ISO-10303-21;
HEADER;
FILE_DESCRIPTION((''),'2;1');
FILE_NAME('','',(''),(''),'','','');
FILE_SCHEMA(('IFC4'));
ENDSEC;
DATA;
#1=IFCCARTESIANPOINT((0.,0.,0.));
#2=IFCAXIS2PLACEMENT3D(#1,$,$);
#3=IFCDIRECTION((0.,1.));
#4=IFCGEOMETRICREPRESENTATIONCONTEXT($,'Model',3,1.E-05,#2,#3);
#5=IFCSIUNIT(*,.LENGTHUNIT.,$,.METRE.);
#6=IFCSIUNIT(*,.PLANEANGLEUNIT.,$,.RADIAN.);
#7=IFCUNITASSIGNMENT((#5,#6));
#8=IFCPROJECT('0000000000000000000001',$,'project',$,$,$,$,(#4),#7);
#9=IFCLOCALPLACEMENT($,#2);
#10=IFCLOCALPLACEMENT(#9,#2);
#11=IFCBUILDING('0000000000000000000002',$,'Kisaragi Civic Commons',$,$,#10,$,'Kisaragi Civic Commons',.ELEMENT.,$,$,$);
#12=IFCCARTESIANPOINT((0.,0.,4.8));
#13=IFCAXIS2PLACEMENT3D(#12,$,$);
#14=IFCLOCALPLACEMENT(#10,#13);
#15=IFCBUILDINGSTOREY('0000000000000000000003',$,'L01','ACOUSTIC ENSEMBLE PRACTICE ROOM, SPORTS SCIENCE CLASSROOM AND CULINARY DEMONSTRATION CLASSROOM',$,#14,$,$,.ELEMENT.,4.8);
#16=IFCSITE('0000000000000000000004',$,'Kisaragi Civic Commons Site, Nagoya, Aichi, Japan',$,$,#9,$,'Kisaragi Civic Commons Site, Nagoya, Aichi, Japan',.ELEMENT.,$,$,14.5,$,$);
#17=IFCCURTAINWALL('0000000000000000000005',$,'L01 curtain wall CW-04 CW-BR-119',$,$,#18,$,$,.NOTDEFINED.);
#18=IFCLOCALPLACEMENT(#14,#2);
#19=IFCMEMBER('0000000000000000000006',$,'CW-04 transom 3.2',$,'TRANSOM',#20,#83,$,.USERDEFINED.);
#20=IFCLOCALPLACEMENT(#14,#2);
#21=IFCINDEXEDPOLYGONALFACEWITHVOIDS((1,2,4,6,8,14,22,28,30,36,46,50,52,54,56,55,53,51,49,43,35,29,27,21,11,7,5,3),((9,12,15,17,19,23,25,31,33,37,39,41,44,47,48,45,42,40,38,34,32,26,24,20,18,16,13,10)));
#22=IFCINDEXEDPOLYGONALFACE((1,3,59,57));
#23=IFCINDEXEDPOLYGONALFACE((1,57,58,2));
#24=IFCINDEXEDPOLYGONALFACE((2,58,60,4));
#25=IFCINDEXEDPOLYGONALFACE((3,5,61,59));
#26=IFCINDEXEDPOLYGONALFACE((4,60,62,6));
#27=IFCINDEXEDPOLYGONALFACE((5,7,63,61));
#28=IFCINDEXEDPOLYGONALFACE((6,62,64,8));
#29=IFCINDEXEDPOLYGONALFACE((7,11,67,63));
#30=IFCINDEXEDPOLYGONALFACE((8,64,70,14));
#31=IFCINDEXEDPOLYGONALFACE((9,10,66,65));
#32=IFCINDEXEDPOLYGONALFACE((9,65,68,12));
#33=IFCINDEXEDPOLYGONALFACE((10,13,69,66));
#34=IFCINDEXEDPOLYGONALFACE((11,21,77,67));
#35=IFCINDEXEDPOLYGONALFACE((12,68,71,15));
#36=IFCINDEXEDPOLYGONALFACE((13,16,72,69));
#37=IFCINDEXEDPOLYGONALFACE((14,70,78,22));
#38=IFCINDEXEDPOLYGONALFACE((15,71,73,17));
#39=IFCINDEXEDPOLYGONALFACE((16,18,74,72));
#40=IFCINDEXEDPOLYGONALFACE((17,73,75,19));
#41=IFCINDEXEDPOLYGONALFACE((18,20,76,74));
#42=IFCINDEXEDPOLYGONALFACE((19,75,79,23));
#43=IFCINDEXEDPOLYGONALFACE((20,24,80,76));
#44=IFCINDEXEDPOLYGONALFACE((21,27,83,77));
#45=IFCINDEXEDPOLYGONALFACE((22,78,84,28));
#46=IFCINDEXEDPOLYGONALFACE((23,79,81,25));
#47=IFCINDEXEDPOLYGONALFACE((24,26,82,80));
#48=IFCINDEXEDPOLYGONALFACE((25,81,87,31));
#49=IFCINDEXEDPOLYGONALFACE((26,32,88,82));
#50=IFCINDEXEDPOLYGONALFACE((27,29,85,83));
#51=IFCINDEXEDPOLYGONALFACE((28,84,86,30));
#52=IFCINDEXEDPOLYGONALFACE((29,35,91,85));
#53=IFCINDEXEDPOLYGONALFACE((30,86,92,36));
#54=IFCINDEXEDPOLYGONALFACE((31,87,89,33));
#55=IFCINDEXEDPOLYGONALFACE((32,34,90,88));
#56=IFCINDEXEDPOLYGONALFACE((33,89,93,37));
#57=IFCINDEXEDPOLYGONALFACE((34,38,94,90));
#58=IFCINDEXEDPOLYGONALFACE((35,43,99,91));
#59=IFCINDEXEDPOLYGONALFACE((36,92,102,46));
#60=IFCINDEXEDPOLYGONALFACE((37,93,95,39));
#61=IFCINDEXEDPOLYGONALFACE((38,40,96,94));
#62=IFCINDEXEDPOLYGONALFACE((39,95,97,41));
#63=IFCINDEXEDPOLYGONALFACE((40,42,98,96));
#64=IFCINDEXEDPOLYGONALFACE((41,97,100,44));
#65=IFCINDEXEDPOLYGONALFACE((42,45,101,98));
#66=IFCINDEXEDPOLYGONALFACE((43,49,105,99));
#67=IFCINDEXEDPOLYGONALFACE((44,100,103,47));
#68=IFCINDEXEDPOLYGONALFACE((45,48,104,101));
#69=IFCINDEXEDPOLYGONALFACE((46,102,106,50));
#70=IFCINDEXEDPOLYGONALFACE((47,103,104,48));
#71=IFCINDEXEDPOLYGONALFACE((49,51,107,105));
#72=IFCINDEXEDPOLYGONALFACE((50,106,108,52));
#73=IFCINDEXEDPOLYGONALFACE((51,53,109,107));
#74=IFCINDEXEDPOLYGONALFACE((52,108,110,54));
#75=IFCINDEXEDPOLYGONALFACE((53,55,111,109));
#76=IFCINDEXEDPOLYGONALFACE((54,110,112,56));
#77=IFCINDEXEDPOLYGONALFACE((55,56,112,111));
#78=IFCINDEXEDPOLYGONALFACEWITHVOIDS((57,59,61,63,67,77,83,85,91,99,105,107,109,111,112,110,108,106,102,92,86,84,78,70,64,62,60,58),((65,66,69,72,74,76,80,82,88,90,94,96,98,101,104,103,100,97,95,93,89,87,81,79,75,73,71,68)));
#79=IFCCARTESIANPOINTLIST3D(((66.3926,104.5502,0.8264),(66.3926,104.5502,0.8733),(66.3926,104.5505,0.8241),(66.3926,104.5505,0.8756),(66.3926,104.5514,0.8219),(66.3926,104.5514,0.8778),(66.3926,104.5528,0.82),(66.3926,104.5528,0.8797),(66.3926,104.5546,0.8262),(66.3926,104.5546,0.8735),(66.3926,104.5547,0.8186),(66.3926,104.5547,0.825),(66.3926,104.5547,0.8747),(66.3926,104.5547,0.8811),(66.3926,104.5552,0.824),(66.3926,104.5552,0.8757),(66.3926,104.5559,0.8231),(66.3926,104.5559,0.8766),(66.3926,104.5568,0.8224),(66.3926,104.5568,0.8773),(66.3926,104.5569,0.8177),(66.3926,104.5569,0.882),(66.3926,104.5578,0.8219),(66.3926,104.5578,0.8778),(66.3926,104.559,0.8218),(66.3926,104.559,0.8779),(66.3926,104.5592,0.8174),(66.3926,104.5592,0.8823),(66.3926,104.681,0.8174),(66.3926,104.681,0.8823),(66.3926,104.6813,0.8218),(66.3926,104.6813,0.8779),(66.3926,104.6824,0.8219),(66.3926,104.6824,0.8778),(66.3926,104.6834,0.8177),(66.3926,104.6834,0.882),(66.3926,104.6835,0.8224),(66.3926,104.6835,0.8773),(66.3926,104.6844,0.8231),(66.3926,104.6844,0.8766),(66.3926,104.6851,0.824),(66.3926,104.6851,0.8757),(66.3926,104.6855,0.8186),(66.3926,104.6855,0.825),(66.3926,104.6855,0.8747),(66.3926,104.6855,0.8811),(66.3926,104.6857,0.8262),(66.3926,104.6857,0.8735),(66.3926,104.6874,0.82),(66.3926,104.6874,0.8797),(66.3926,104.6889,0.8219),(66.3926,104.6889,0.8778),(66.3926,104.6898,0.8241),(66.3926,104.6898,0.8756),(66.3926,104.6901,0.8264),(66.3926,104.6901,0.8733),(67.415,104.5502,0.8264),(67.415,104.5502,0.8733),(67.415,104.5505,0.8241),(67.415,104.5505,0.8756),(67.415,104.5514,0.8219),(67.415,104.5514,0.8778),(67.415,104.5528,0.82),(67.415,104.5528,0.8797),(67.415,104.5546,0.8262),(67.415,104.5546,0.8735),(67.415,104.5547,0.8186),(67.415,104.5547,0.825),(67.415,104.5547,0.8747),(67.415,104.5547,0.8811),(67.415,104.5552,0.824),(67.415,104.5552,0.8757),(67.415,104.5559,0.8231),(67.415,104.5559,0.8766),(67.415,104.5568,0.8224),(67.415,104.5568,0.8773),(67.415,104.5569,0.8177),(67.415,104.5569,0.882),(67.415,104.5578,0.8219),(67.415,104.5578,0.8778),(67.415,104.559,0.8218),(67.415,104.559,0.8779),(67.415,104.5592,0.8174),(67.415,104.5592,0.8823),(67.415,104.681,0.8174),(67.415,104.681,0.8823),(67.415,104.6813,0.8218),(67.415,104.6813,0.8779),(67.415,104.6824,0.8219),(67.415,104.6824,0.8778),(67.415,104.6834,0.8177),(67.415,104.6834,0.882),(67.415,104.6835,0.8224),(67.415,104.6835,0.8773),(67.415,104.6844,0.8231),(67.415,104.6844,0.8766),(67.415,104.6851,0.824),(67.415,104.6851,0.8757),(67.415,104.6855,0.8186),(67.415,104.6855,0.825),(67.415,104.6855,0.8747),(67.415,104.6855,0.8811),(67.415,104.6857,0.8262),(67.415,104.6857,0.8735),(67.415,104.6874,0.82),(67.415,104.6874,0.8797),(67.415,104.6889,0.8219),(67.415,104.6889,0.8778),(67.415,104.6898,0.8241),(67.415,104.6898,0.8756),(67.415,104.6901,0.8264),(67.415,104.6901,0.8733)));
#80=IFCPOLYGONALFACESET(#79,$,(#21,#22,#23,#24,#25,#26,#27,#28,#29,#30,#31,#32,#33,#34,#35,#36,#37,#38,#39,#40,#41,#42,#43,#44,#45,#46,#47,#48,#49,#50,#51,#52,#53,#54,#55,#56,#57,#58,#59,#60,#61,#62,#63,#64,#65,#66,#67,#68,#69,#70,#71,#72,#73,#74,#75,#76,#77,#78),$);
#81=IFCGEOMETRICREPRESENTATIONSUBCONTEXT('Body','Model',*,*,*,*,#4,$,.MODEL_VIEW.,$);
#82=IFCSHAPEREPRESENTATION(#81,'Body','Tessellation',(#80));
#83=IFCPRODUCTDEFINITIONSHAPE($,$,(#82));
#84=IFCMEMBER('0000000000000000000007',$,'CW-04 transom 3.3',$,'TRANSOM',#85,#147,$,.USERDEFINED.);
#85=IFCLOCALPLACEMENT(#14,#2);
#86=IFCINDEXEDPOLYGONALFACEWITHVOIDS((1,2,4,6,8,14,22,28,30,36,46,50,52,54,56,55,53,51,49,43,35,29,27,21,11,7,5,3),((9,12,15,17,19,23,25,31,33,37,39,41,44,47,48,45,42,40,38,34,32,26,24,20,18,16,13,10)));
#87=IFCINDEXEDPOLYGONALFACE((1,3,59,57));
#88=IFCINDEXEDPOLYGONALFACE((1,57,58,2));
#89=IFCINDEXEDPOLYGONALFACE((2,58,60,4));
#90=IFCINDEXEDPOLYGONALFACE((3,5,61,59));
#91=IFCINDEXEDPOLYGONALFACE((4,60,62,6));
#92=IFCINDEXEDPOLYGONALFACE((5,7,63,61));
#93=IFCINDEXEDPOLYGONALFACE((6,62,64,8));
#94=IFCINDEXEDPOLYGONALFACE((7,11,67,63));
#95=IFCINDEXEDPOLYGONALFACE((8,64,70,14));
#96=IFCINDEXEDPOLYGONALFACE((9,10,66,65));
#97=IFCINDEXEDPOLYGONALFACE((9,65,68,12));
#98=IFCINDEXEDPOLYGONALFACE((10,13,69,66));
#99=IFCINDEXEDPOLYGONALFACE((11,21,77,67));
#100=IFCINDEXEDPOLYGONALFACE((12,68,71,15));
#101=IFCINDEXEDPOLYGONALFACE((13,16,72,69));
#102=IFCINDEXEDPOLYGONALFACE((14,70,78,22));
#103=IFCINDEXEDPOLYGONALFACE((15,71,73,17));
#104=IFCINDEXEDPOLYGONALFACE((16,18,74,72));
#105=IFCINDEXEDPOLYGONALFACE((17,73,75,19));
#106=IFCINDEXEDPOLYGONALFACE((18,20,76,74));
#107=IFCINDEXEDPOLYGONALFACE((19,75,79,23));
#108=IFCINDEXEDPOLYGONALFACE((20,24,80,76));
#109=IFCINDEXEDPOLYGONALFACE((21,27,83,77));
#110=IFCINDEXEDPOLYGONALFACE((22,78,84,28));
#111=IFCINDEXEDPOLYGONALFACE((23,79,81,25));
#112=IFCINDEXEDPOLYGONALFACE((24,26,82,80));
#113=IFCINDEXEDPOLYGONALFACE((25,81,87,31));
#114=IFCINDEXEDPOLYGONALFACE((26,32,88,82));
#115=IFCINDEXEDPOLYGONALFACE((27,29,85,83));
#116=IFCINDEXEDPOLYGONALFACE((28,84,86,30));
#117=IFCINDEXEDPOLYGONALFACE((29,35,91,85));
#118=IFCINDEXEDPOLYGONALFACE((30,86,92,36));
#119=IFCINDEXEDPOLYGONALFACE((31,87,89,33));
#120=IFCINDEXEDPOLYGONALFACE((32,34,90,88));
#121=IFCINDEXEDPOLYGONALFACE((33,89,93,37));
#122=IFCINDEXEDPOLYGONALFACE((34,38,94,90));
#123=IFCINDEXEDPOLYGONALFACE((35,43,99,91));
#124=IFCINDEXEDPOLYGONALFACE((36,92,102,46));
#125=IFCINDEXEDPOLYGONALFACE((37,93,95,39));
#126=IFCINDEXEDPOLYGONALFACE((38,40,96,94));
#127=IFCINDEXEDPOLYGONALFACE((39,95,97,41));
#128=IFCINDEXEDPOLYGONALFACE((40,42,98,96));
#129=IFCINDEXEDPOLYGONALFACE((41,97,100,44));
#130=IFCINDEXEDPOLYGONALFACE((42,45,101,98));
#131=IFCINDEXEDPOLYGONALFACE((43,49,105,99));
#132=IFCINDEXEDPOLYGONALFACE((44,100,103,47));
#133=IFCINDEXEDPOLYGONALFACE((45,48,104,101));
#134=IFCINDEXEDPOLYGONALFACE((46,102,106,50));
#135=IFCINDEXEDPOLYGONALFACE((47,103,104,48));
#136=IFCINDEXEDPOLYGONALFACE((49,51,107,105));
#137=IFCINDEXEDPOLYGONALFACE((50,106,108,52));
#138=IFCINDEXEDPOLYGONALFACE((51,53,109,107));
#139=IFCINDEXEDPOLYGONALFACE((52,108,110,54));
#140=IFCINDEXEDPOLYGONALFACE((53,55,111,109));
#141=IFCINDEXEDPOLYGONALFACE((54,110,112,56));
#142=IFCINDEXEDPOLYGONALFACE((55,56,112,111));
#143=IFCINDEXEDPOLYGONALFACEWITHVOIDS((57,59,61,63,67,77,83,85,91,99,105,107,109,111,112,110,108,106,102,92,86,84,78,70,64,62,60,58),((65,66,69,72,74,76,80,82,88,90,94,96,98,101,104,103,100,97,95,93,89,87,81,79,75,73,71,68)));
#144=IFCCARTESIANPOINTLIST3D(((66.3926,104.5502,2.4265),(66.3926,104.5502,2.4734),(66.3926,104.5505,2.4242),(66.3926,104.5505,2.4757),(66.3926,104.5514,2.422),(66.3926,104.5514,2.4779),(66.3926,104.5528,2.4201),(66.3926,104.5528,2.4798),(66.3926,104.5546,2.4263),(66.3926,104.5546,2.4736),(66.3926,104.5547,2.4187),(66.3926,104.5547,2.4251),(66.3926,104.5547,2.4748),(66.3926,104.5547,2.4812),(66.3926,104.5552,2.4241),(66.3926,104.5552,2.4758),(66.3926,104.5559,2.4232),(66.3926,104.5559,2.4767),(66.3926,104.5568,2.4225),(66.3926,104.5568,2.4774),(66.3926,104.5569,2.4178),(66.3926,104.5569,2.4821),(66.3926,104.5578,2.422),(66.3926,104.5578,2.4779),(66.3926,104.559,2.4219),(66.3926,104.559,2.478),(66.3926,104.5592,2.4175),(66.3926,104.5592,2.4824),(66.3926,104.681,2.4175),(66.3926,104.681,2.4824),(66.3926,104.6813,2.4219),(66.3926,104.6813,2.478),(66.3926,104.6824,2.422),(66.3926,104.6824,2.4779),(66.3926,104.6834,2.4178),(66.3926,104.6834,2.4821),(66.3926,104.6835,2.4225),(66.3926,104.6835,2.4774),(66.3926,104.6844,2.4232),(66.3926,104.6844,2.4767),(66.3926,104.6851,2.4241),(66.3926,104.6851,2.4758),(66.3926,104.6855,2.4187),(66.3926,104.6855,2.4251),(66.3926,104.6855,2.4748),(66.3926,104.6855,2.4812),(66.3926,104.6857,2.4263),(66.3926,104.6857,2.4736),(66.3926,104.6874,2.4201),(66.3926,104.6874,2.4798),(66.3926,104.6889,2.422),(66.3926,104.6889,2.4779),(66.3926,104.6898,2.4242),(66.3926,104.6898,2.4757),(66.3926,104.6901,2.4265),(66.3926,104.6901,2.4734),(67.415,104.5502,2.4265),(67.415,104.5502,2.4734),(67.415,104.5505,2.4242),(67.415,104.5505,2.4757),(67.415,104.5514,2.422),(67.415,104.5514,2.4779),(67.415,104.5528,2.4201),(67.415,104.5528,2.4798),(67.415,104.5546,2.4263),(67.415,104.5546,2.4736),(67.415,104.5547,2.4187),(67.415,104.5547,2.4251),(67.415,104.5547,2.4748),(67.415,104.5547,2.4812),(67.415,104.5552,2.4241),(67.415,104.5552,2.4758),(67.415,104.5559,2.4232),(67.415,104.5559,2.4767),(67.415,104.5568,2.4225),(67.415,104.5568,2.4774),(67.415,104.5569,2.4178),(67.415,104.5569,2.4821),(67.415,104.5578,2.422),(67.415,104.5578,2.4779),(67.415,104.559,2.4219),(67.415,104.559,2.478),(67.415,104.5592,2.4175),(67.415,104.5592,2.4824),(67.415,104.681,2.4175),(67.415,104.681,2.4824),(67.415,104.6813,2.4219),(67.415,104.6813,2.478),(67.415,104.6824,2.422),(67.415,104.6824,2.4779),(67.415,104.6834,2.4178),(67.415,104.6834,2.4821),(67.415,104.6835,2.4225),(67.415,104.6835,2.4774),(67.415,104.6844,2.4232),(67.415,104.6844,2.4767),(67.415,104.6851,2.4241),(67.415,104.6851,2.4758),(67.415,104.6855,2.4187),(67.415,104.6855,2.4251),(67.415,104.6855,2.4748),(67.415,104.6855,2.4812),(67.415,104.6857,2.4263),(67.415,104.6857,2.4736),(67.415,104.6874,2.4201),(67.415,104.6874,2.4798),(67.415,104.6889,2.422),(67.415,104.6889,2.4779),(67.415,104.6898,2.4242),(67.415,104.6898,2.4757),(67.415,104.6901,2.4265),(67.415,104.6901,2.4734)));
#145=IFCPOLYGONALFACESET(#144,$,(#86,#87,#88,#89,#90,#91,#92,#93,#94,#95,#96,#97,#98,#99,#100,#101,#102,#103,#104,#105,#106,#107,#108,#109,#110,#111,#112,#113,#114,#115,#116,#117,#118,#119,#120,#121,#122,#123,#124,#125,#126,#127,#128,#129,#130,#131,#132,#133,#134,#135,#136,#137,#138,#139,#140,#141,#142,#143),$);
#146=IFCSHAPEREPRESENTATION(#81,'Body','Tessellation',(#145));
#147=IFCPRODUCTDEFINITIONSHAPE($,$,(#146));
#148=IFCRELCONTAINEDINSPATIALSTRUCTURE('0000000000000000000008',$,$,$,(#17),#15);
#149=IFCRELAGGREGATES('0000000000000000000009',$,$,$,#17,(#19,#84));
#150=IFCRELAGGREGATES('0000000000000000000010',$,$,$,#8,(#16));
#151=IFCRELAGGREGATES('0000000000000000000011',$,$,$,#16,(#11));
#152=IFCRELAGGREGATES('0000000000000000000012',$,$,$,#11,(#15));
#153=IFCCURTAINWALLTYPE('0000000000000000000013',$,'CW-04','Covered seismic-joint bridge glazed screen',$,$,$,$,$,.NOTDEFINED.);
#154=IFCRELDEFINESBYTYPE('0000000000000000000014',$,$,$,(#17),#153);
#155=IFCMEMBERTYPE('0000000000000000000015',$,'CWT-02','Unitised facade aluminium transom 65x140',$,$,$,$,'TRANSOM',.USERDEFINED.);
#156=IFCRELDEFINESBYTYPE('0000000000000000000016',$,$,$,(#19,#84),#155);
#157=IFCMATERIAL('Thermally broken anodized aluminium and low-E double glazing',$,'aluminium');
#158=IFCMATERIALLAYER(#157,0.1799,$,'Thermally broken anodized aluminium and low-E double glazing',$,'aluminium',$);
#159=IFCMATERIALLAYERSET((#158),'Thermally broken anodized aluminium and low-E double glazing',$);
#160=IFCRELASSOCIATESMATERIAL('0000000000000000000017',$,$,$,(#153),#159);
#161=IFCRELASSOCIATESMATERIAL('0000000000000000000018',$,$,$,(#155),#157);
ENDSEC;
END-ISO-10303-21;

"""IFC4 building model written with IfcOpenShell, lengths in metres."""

from ifc_helpers import new_model, si_unit, direction, frame, origin, origin_2d, place, context, subcontext, project, spatial, hollow_rectangle, extrude, material, layer, layer_set, material_profile, profile_set, type_object, element, aggregate, save


model = new_model("IFC4")

# Units and contexts
model_context = context("Model", 3, precision=1e-05, world=origin(), true_north=direction((0.0, 1.0)))
body_context = subcontext(model_context, "Body", "Model", "MODEL_VIEW")
ifc_project = project(units=[si_unit("LENGTHUNIT", "METRE"), si_unit("PLANEANGLEUNIT", "RADIAN")], contexts=[model_context])

# Site, building, storey
site_placement = place(None, origin())
site = spatial("IfcSite", under=ifc_project, at=site_placement, Name="Kisaragi Civic Commons Site, Nagoya, Aichi, Japan", LongName="Kisaragi Civic Commons Site, Nagoya, Aichi, Japan", CompositionType="ELEMENT", RefElevation=14.5)
building_placement = place(site_placement, origin())
building = spatial("IfcBuilding", under=site, at=building_placement, Name="Kisaragi Civic Commons", LongName="Kisaragi Civic Commons", CompositionType="ELEMENT")
storey_placement = place(building_placement, frame((0.0, 0.0, 4.8)))
storey = spatial("IfcBuildingStorey", under=building, at=storey_placement, Name="L01", Description="ACOUSTIC ENSEMBLE PRACTICE ROOM, SPORTS SCIENCE CLASSROOM AND CULINARY DEMONSTRATION CLASSROOM", CompositionType="ELEMENT", Elevation=4.8)

# Curtain wall
ifc_material_1 = material(Name="Thermally broken anodized aluminium and low-E double glazing", Category="aluminium")
ifc_layer_1 = layer(ifc_material_1, 0.1799, Name="Thermally broken anodized aluminium and low-E double glazing", Category="aluminium")
ifc_layer_set_1 = layer_set([ifc_layer_1], Name="Thermally broken anodized aluminium and low-E double glazing")
curtain_wall_type = type_object("IfcCurtainWallType", Name="CW-04", Description="Covered seismic-joint bridge glazed screen", PredefinedType="NOTDEFINED", material=ifc_layer_set_1)
curtain_wall_1_placement = place(storey_placement, origin())
curtain_wall_1 = element("IfcCurtainWall", 1, at=curtain_wall_1_placement, inside=storey, type_object=curtain_wall_type, Name="L01 curtain wall CW-04 CW-BR-119", PredefinedType="NOTDEFINED")

# Members
ifc_material_profile_1 = material_profile(ifc_material_1, hollow_rectangle(XDim=0.1399, YDim=0.0649, WallThickness=0.0044, InnerFilletRadius=0.0044, OuterFilletRadius=0.009, at=origin_2d()), Name="CWT-65x140x4.5", Category="aluminium")
ifc_profile_set_1 = profile_set([ifc_material_profile_1], Name="Thermally broken anodized aluminium and low-E double glazing")
member_type_1 = type_object("IfcMemberType", Name="CWT-02", Description="Unitised facade aluminium transom 65x140", ElementType="TRANSOM", PredefinedType="USERDEFINED", material=ifc_profile_set_1)
member_1_placement = place(storey_placement, frame((66.3926, 104.6201, 0.8499), z_axis=(1.0, 0.0, 0.0), x_axis=(0.0, 1.0, 0.0)))
member_1 = element("IfcMember", 2, at=member_1_placement, type_object=member_type_1, Name="CW-04 transom 3.2", ObjectType="TRANSOM", PredefinedType="USERDEFINED", context=body_context, shape_type="SweptSolid", body=[
    extrude(hollow_rectangle(XDim=0.1399, YDim=0.0649, WallThickness=0.0044, InnerFilletRadius=0.0044, OuterFilletRadius=0.009, at=origin_2d()), origin(), (0.0, 0.0, 1.0), 1.0225),
])
member_2_placement = place(storey_placement, frame((66.3926, 104.6201, 2.45), z_axis=(1.0, 0.0, 0.0), x_axis=(0.0, 1.0, 0.0)))
member_2 = element("IfcMember", 3, at=member_2_placement, type_object=member_type_1, Name="CW-04 transom 3.3", ObjectType="TRANSOM", PredefinedType="USERDEFINED", context=body_context, shape_type="SweptSolid", body=[
    extrude(hollow_rectangle(XDim=0.1399, YDim=0.0649, WallThickness=0.0044, InnerFilletRadius=0.0044, OuterFilletRadius=0.009, at=origin_2d()), origin(), (0.0, 0.0, 1.0), 1.0225),
])

aggregate(curtain_wall_1, [member_1, member_2])

save(model, "model.ifc")
